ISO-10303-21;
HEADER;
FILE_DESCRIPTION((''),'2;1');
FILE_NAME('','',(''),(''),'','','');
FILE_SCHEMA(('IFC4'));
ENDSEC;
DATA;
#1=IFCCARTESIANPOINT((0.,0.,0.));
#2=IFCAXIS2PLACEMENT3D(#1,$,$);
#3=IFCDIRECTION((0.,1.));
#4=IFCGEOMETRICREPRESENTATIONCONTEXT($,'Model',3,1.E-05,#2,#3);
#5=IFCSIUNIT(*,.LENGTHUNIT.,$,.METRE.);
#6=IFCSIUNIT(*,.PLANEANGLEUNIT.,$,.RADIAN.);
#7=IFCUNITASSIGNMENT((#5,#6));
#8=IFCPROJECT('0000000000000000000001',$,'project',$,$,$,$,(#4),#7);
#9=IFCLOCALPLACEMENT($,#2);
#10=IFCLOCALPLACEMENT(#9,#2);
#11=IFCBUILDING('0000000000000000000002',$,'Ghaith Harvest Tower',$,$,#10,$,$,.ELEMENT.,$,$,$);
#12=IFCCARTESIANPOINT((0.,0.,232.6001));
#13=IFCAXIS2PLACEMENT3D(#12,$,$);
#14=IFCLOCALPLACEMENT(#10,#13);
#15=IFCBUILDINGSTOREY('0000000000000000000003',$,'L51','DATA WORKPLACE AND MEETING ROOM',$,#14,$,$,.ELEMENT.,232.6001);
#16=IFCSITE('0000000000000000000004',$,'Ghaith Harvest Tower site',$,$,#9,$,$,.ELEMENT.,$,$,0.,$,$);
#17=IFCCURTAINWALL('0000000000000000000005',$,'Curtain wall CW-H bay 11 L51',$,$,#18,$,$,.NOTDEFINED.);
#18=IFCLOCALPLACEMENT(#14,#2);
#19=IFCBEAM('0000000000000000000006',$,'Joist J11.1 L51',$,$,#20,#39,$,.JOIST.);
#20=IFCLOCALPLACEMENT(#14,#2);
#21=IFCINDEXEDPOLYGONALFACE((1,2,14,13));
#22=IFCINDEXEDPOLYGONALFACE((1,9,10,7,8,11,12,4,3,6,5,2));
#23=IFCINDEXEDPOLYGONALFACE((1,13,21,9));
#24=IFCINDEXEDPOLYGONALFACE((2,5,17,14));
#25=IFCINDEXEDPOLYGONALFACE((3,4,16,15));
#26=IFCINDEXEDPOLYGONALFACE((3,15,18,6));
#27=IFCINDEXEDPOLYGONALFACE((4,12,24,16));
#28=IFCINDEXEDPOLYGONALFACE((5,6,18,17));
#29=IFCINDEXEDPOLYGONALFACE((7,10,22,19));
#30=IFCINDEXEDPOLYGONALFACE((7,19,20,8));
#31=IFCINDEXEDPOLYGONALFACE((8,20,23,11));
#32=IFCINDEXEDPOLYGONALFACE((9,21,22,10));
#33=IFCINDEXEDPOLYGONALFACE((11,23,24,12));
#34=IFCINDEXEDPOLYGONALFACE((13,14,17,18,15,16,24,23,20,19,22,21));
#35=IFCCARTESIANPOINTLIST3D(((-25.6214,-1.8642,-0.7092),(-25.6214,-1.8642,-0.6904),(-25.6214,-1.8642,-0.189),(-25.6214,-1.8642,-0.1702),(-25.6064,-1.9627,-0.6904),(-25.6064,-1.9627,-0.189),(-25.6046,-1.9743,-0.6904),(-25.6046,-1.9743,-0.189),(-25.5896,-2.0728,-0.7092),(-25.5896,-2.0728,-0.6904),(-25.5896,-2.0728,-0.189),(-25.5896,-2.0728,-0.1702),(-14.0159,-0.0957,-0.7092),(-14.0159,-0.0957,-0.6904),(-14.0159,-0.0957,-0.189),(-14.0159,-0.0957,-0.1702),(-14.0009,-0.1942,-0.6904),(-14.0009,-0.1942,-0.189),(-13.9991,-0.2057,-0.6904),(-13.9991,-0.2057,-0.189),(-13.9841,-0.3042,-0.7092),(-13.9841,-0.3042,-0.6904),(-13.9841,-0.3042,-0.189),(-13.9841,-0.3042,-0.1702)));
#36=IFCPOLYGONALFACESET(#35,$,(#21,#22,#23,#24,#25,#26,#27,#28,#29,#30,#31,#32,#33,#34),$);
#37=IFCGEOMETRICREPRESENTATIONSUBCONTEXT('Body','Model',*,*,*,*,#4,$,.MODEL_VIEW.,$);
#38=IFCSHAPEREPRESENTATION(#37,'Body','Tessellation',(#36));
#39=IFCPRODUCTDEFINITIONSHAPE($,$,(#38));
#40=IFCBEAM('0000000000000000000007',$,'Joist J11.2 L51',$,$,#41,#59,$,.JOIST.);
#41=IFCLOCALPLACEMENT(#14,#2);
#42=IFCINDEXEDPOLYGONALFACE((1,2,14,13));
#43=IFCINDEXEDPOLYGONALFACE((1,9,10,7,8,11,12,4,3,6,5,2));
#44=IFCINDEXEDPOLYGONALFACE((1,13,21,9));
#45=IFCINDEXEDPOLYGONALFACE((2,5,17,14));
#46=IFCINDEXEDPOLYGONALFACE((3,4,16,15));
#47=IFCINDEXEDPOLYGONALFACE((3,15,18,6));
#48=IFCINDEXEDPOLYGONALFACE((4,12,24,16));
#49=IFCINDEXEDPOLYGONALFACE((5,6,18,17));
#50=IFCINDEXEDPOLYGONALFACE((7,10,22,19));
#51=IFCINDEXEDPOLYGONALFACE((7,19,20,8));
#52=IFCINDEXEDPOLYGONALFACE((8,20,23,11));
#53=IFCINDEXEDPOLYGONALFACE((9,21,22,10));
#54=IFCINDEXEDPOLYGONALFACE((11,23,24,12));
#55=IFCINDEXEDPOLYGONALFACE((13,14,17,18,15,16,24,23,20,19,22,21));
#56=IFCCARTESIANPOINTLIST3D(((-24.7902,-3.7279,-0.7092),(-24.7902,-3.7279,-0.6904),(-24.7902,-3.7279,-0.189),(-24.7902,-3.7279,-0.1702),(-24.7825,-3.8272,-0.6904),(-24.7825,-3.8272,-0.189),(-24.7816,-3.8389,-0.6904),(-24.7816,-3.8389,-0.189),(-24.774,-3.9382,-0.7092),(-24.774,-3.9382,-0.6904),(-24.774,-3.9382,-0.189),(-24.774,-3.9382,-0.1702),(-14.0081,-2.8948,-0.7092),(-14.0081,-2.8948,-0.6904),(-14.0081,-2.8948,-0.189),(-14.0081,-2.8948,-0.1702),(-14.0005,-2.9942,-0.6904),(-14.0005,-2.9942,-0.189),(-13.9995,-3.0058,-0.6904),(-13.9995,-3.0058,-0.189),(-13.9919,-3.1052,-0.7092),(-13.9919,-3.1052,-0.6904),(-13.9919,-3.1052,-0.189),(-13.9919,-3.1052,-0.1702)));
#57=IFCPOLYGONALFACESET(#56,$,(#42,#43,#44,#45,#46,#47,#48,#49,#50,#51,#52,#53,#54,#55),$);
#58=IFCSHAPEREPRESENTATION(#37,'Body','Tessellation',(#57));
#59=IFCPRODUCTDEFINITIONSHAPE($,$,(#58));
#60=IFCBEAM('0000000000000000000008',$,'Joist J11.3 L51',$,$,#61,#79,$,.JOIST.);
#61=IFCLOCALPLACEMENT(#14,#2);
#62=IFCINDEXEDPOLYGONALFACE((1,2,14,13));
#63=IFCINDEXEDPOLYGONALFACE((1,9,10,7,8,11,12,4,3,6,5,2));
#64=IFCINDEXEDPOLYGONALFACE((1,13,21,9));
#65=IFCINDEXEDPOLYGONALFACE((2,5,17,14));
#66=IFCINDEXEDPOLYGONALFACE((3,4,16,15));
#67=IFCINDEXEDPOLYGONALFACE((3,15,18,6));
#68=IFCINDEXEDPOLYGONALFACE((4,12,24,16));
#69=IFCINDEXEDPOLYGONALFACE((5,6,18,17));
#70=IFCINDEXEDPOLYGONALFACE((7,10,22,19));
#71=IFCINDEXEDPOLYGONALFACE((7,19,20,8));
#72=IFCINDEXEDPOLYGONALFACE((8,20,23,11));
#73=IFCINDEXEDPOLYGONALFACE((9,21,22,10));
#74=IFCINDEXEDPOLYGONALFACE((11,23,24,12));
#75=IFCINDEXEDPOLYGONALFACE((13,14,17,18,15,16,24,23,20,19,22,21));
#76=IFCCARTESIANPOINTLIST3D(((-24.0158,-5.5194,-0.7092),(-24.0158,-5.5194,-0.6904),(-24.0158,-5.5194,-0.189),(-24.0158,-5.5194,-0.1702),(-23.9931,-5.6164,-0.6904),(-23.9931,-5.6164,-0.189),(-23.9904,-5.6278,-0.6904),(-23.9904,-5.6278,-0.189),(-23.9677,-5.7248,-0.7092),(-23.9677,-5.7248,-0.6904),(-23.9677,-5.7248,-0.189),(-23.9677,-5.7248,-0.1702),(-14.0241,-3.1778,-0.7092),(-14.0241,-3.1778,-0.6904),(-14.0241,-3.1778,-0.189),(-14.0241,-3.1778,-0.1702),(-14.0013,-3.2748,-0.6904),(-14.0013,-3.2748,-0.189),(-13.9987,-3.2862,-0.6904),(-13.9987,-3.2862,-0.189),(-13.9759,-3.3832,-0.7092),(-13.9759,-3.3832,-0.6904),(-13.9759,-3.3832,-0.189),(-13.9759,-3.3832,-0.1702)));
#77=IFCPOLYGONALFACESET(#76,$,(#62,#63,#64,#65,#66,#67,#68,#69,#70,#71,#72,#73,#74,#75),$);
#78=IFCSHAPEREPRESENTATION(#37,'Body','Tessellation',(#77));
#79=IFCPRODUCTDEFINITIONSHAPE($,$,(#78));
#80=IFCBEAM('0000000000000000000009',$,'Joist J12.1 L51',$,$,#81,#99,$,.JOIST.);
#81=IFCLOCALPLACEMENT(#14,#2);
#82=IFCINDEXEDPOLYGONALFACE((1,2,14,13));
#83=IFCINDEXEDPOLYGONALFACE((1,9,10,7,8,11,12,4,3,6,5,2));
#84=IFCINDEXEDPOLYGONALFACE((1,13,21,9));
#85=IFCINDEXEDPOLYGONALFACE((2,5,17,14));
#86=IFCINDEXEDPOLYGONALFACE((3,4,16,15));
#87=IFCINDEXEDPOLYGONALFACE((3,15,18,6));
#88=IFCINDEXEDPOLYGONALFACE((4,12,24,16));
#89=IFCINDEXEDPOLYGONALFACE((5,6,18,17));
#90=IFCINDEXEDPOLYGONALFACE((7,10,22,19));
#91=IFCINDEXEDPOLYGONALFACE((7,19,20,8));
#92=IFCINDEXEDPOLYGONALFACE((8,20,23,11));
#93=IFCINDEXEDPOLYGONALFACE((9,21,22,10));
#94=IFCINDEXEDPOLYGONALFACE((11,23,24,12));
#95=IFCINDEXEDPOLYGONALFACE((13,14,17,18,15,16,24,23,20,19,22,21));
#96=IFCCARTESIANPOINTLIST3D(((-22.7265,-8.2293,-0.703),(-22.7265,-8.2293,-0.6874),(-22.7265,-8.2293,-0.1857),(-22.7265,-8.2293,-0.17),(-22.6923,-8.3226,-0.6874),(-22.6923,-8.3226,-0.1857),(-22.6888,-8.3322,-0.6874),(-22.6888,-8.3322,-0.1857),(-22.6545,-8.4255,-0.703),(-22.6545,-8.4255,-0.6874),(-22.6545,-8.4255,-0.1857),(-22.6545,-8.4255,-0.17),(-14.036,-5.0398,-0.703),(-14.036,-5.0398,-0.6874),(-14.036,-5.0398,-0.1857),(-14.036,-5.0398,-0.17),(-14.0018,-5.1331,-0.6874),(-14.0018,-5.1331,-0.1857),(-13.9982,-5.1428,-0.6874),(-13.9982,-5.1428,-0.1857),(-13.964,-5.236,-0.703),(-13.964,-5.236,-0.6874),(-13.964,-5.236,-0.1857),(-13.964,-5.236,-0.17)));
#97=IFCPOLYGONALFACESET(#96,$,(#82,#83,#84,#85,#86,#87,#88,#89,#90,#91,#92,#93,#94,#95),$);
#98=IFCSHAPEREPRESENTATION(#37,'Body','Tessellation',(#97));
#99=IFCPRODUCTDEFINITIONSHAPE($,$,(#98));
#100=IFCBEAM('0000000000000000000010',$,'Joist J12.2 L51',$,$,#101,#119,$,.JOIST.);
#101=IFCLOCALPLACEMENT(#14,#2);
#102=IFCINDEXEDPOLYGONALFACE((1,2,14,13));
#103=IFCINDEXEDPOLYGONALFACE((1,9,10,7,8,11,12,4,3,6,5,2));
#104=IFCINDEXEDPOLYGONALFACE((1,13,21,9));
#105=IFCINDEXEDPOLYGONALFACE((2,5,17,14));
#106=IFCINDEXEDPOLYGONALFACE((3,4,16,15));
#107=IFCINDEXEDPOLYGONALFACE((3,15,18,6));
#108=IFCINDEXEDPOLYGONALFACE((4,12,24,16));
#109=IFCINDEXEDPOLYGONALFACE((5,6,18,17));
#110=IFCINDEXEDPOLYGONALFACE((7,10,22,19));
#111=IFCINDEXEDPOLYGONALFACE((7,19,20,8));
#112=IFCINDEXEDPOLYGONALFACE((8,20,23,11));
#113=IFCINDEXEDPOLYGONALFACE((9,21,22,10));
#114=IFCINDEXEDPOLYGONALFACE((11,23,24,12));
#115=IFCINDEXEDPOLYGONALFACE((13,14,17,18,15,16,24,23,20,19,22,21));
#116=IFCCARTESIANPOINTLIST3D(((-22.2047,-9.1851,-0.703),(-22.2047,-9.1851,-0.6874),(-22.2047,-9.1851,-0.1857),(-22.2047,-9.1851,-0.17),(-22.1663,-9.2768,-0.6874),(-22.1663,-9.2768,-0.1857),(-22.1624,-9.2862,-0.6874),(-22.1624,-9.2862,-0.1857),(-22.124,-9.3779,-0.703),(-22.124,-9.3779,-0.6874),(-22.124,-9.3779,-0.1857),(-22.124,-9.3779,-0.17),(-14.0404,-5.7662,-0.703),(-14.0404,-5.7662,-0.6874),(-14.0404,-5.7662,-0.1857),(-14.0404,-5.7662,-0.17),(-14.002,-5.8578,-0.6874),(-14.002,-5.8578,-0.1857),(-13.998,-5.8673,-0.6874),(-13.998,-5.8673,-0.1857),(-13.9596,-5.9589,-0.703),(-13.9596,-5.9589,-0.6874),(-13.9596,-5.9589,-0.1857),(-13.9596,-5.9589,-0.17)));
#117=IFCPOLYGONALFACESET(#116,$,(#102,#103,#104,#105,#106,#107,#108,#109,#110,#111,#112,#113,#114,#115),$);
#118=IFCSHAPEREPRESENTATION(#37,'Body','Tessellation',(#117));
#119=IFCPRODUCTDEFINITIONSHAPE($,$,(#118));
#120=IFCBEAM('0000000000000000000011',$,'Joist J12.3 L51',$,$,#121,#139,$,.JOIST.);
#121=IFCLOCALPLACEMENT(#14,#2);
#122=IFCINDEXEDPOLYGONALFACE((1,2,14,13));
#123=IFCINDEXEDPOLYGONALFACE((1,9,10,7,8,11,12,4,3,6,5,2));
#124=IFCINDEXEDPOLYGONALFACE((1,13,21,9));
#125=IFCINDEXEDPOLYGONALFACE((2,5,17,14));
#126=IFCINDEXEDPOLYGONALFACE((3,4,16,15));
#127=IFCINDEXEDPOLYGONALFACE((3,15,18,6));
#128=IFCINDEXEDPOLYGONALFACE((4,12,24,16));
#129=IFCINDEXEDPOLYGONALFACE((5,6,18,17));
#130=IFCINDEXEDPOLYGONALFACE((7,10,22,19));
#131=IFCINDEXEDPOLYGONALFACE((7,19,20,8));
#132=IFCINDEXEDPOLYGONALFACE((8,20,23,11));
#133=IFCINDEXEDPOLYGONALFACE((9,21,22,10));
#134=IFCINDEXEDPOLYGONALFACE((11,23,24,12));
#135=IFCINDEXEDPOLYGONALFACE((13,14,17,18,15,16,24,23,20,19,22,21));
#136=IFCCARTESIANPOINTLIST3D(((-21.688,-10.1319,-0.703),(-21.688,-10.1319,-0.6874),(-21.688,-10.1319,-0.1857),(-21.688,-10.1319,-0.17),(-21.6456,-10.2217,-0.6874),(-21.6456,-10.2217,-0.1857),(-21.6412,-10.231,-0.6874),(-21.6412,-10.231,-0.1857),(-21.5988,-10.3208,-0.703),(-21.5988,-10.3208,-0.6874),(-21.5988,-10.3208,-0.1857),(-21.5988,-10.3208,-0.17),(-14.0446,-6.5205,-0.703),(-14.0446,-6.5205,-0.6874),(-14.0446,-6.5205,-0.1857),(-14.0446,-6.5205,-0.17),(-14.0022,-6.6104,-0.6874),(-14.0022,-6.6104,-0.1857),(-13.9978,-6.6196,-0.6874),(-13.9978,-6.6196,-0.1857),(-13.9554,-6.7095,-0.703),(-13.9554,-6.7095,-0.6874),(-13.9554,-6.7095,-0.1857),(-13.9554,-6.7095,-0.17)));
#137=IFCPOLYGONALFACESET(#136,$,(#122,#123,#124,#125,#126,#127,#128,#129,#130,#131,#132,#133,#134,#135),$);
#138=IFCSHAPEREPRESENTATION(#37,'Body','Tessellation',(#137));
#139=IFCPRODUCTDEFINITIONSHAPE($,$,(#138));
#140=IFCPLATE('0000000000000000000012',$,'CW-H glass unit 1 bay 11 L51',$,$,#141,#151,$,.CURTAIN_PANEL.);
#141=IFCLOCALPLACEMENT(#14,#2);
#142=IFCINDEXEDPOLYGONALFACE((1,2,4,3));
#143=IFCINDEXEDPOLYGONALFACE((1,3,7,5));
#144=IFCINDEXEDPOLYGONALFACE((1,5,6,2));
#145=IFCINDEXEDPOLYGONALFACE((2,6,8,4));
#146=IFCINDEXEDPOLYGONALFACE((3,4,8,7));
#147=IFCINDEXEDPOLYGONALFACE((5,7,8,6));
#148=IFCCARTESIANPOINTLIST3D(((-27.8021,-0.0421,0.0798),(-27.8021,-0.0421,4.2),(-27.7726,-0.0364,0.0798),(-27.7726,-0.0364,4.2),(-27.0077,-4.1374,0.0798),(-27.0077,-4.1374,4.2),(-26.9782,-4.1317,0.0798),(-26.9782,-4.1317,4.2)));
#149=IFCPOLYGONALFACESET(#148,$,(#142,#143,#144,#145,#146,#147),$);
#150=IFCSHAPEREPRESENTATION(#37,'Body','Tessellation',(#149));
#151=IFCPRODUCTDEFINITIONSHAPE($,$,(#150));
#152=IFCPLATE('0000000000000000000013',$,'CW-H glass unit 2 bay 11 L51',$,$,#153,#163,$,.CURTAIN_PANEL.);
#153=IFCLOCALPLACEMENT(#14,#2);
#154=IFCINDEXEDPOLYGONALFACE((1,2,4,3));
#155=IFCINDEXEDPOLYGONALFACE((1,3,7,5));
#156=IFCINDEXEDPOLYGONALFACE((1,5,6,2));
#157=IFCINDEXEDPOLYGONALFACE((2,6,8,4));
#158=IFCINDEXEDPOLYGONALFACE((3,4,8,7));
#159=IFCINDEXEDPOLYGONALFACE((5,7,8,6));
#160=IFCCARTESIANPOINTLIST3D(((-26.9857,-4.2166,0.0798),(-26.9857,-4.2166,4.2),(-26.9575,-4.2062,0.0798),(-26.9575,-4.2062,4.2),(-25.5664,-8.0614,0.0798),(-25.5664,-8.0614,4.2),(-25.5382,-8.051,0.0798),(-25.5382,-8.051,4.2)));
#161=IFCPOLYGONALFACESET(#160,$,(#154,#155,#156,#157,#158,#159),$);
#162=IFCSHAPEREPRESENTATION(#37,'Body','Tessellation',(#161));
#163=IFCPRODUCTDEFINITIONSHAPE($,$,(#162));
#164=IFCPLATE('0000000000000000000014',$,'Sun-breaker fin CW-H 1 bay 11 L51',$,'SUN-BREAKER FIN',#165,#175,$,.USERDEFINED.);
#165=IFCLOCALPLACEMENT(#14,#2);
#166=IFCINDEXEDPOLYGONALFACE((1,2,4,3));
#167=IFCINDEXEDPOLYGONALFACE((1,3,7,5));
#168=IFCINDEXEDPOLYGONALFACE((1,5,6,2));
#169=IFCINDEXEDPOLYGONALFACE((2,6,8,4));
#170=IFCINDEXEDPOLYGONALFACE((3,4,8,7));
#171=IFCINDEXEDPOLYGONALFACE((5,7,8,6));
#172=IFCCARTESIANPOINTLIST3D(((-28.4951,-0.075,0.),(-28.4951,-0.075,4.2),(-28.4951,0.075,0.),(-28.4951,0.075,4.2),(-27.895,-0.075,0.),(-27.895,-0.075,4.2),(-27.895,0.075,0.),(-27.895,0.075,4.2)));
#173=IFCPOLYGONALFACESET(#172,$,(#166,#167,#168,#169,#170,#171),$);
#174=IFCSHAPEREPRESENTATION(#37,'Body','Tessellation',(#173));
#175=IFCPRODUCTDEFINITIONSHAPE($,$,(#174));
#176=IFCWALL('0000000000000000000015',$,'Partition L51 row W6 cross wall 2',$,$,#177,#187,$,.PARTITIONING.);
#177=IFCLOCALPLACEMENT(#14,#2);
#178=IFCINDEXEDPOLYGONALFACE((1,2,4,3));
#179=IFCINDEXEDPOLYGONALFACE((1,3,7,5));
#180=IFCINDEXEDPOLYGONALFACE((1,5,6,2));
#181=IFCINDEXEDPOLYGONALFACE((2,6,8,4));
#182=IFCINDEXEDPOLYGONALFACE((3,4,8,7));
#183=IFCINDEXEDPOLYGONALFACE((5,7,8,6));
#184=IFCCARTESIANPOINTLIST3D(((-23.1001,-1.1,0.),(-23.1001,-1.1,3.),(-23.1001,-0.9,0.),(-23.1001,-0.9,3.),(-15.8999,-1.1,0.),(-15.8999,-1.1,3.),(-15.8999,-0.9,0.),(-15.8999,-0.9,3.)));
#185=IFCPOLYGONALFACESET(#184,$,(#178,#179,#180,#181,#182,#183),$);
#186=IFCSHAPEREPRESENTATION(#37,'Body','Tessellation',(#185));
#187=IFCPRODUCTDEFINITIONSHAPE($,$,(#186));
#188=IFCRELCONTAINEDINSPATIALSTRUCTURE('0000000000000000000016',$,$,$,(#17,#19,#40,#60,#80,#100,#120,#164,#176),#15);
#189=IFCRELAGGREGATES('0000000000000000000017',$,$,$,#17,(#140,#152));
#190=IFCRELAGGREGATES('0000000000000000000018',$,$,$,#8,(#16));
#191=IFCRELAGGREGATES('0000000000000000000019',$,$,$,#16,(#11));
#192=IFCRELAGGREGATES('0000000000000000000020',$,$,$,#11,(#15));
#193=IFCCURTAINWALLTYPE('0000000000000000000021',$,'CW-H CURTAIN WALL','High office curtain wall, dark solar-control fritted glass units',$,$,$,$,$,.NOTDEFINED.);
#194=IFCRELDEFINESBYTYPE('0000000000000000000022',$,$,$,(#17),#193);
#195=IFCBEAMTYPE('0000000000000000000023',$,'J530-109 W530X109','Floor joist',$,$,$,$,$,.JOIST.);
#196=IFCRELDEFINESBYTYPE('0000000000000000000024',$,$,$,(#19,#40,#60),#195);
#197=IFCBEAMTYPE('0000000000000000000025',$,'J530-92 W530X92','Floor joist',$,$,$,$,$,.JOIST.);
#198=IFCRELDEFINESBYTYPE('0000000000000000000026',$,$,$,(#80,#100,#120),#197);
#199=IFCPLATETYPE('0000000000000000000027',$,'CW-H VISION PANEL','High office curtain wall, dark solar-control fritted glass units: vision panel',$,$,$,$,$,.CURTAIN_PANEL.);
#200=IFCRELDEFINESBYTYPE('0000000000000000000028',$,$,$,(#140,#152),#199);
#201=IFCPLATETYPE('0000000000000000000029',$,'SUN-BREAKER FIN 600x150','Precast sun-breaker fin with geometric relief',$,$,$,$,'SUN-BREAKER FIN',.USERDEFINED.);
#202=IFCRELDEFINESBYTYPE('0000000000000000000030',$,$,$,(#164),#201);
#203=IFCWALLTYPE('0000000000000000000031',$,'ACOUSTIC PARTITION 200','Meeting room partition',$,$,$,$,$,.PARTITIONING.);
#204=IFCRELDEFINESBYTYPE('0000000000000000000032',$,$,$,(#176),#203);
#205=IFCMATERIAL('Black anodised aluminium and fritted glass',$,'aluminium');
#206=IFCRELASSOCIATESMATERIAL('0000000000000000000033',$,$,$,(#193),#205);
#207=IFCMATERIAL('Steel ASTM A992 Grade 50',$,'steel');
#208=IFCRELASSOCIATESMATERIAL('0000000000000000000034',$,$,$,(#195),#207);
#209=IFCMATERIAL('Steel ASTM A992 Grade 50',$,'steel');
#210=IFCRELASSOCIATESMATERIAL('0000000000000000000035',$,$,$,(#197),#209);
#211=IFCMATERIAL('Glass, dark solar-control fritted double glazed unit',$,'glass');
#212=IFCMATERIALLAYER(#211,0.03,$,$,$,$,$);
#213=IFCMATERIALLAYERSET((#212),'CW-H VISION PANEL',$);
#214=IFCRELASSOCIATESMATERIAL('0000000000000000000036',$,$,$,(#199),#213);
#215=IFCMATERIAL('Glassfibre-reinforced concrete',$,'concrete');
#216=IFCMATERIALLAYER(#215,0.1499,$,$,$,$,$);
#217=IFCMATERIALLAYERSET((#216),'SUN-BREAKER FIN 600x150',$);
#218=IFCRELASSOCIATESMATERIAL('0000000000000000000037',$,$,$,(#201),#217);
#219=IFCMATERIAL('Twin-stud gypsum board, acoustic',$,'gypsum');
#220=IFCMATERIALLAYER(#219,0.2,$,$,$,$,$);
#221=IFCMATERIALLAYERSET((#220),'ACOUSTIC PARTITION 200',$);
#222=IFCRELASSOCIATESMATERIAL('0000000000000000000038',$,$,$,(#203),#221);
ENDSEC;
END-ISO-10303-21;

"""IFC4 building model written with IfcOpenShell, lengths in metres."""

from ifc_helpers import new_model, si_unit, direction, frame, frame_2d, origin, origin_2d, place, context, subcontext, project, spatial, rectangle, i_section, extrude, material, layer, layer_set, material_profile, profile_set, type_object, element, aggregate, save


model = new_model("IFC4")

# Units and contexts
model_context = context("Model", 3, precision=1e-05, world=origin(), true_north=direction((0.0, 1.0)))
body_context = subcontext(model_context, "Body", "Model", "MODEL_VIEW")
ifc_project = project(units=[si_unit("LENGTHUNIT", "METRE"), si_unit("PLANEANGLEUNIT", "RADIAN")], contexts=[model_context])

# Site, building, storey
site_placement = place(None, origin())
site = spatial("IfcSite", under=ifc_project, at=site_placement, Name="Ghaith Harvest Tower site", CompositionType="ELEMENT", RefElevation=0.0)
building_placement = place(site_placement, origin())
building = spatial("IfcBuilding", under=site, at=building_placement, Name="Ghaith Harvest Tower", CompositionType="ELEMENT")
storey_placement = place(building_placement, frame((0.0, 0.0, 232.6001)))
storey = spatial("IfcBuildingStorey", under=building, at=storey_placement, Name="L51", Description="DATA WORKPLACE AND MEETING ROOM", CompositionType="ELEMENT", Elevation=232.6001)

# Curtain wall
ifc_material_1 = material(Name="Black anodised aluminium and fritted glass", Category="aluminium")
curtain_wall_type = type_object("IfcCurtainWallType", Name="CW-H CURTAIN WALL", Description="High office curtain wall, dark solar-control fritted glass units", PredefinedType="NOTDEFINED", material=ifc_material_1)
curtain_wall_placement = place(storey_placement, origin())
curtain_wall = element("IfcCurtainWall", 1, at=curtain_wall_placement, inside=storey, type_object=curtain_wall_type, Name="Curtain wall CW-H bay 11 L51", PredefinedType="NOTDEFINED")

# Beams
ifc_material_2 = material(Name="Steel ASTM A992 Grade 50", Category="steel")
ifc_material_profile_1 = material_profile(ifc_material_2, i_section(OverallWidth=0.2109, OverallDepth=0.5391, WebThickness=0.0117, FlangeThickness=0.0188, at=origin_2d()), Name="W530X109")
ifc_profile_set_1 = profile_set([ifc_material_profile_1], Name="Steel ASTM A992 Grade 50")
beam_type_1 = type_object("IfcBeamType", Name="J530-109 W530X109", Description="Floor joist", PredefinedType="JOIST", material=ifc_profile_set_1)
beam_1_placement = place(storey_placement, frame((-14.0, -0.2, -0.4397), z_axis=(-0.988587, -0.150651, 0.0), x_axis=(0.150651, -0.988587, 0.0)))
element("IfcBeam", 2, at=beam_1_placement, inside=storey, type_object=beam_type_1, Name="Joist J11.1 L51", PredefinedType="JOIST", context=body_context, shape_type="SweptSolid", body=[
    extrude(i_section(OverallWidth=0.2109, OverallDepth=0.5391, WebThickness=0.0117, FlangeThickness=0.0188, at=origin_2d()), origin(), (0.0, 0.0, 1.0), 11.7395),
])
beam_2_placement = place(storey_placement, frame((-14.0, -3.0, -0.4397), z_axis=(-0.997029, -0.07703, 0.0), x_axis=(0.07703, -0.997029, 0.0)))
element("IfcBeam", 3, at=beam_2_placement, inside=storey, type_object=beam_type_1, Name="Joist J11.2 L51", PredefinedType="JOIST", context=body_context, shape_type="SweptSolid", body=[
    extrude(i_section(OverallWidth=0.2109, OverallDepth=0.5391, WebThickness=0.0117, FlangeThickness=0.0188, at=origin_2d()), origin(), (0.0, 0.0, 1.0), 10.8142),
])
beam_3_placement = place(storey_placement, frame((-14.0, -3.2805, -0.4397), z_axis=(-0.973622, -0.228168, 0.0), x_axis=(0.228168, -0.973622, 0.0)))
element("IfcBeam", 4, at=beam_3_placement, inside=storey, type_object=beam_type_1, Name="Joist J11.3 L51", PredefinedType="JOIST", context=body_context, shape_type="SweptSolid", body=[
    extrude(i_section(OverallWidth=0.2109, OverallDepth=0.5391, WebThickness=0.0117, FlangeThickness=0.0188, at=origin_2d()), origin(), (0.0, 0.0, 1.0), 10.2625),
])
ifc_material_3 = material(Name="Steel ASTM A992 Grade 50", Category="steel")
ifc_material_profile_2 = material_profile(ifc_material_3, i_section(OverallWidth=0.209, OverallDepth=0.533, WebThickness=0.0103, FlangeThickness=0.0156, at=origin_2d()), Name="W530X92")
ifc_profile_set_2 = profile_set([ifc_material_profile_2], Name="Steel ASTM A992 Grade 50")
beam_type_2 = type_object("IfcBeamType", Name="J530-92 W530X92", Description="Floor joist", PredefinedType="JOIST", material=ifc_profile_set_2)
beam_4_placement = place(storey_placement, frame((-14.0, -5.1379, -0.4365), z_axis=(-0.938773, -0.344537, 0.0), x_axis=(0.344537, -0.938773, 0.0)))
element("IfcBeam", 5, at=beam_4_placement, inside=storey, type_object=beam_type_2, Name="Joist J12.1 L51", PredefinedType="JOIST", context=body_context, shape_type="SweptSolid", body=[
    extrude(i_section(OverallWidth=0.209, OverallDepth=0.533, WebThickness=0.0103, FlangeThickness=0.0156, at=origin_2d()), origin(), (0.0, 0.0, 1.0), 9.2573),
])
beam_5_placement = place(storey_placement, frame((-14.0, -5.8625, -0.4365), z_axis=(-0.922388, -0.386266, 0.0), x_axis=(0.386266, -0.922388, 0.0)))
element("IfcBeam", 6, at=beam_5_placement, inside=storey, type_object=beam_type_2, Name="Joist J12.2 L51", PredefinedType="JOIST", context=body_context, shape_type="SweptSolid", body=[
    extrude(i_section(OverallWidth=0.209, OverallDepth=0.533, WebThickness=0.0103, FlangeThickness=0.0156, at=origin_2d()), origin(), (0.0, 0.0, 1.0), 8.8513),
])
beam_6_placement = place(storey_placement, frame((-14.0, -6.615, -0.4365), z_axis=(-0.904158, -0.427198, 0.0), x_axis=(0.427198, -0.904158, 0.0)))
element("IfcBeam", 7, at=beam_6_placement, inside=storey, type_object=beam_type_2, Name="Joist J12.3 L51", PredefinedType="JOIST", context=body_context, shape_type="SweptSolid", body=[
    extrude(i_section(OverallWidth=0.209, OverallDepth=0.533, WebThickness=0.0103, FlangeThickness=0.0156, at=origin_2d()), origin(), (0.0, 0.0, 1.0), 8.4536),
])

# Plates
ifc_material_4 = material(Name="Glass, dark solar-control fritted double glazed unit", Category="glass")
ifc_layer_1 = layer(ifc_material_4, 0.03)
ifc_layer_set_1 = layer_set([ifc_layer_1], Name="CW-H VISION PANEL")
plate_type_1 = type_object("IfcPlateType", Name="CW-H VISION PANEL", Description="High office curtain wall, dark solar-control fritted glass units: vision panel", PredefinedType="CURTAIN_PANEL", material=ifc_layer_set_1)
plate_1_placement = place(storey_placement, frame((-27.3901, -2.0869, 0.0798), z_axis=(0.0, 0.0, 1.0), x_axis=(0.190427, -0.981701, 0.0)))
plate_1 = element("IfcPlate", 8, at=plate_1_placement, type_object=plate_type_1, Name="CW-H glass unit 1 bay 11 L51", PredefinedType="CURTAIN_PANEL", context=body_context, shape_type="SweptSolid", body=[
    extrude(rectangle(XDim=4.1716, YDim=0.03, at=origin_2d()), origin(), (0.0, 0.0, 1.0), 4.1201),
])
plate_2_placement = place(storey_placement, frame((-26.262, -6.1338, 0.0798), z_axis=(0.0, 0.0, 1.0), x_axis=(0.346303, -0.938123, 0.0)))
plate_2 = element("IfcPlate", 9, at=plate_2_placement, type_object=plate_type_1, Name="CW-H glass unit 2 bay 11 L51", PredefinedType="CURTAIN_PANEL", context=body_context, shape_type="SweptSolid", body=[
    extrude(rectangle(XDim=4.0984, YDim=0.03, at=origin_2d()), origin(), (0.0, 0.0, 1.0), 4.1201),
])
aggregate(curtain_wall, [plate_1, plate_2])
ifc_material_5 = material(Name="Glassfibre-reinforced concrete", Category="concrete")
ifc_layer_2 = layer(ifc_material_5, 0.1499)
ifc_layer_set_2 = layer_set([ifc_layer_2], Name="SUN-BREAKER FIN 600x150")
plate_type_2 = type_object("IfcPlateType", Name="SUN-BREAKER FIN 600x150", Description="Precast sun-breaker fin with geometric relief", ElementType="SUN-BREAKER FIN", PredefinedType="USERDEFINED", material=ifc_layer_set_2)
plate_3_placement = place(storey_placement, frame((-28.1951, 0.0, 0.0), z_axis=(0.0, 0.0, 1.0), x_axis=(-1.0, 0.0, 0.0)))
element("IfcPlate", 10, at=plate_3_placement, inside=storey, type_object=plate_type_2, Name="Sun-breaker fin CW-H 1 bay 11 L51", ObjectType="SUN-BREAKER FIN", PredefinedType="USERDEFINED", context=body_context, shape_type="SweptSolid", body=[
    extrude(rectangle(XDim=0.6001, YDim=0.1499, at=origin_2d()), origin(), (0.0, 0.0, 1.0), 4.2),
])

# Wall
ifc_material_6 = material(Name="Twin-stud gypsum board, acoustic", Category="gypsum")
ifc_layer_3 = layer(ifc_material_6, 0.2)
ifc_layer_set_3 = layer_set([ifc_layer_3], Name="ACOUSTIC PARTITION 200")
wall_type_1 = type_object("IfcWallType", Name="ACOUSTIC PARTITION 200", Description="Meeting room partition", PredefinedType="PARTITIONING", material=ifc_layer_set_3)
wall_1_placement = place(storey_placement, frame((-15.8999, -1.0, 0.0), z_axis=(0.0, 0.0, 1.0), x_axis=(-1.0, 0.0, 0.0)))
element("IfcWall", 11, at=wall_1_placement, inside=storey, type_object=wall_type_1, Name="Partition L51 row W6 cross wall 2", PredefinedType="PARTITIONING", context=body_context, shape_type="SweptSolid", body=[
    extrude(rectangle(XDim=7.2002, YDim=0.2, at=frame_2d((3.6001, 0.0))), origin(), (0.0, 0.0, 1.0), 3.0),
])

save(model, "model.ifc")
